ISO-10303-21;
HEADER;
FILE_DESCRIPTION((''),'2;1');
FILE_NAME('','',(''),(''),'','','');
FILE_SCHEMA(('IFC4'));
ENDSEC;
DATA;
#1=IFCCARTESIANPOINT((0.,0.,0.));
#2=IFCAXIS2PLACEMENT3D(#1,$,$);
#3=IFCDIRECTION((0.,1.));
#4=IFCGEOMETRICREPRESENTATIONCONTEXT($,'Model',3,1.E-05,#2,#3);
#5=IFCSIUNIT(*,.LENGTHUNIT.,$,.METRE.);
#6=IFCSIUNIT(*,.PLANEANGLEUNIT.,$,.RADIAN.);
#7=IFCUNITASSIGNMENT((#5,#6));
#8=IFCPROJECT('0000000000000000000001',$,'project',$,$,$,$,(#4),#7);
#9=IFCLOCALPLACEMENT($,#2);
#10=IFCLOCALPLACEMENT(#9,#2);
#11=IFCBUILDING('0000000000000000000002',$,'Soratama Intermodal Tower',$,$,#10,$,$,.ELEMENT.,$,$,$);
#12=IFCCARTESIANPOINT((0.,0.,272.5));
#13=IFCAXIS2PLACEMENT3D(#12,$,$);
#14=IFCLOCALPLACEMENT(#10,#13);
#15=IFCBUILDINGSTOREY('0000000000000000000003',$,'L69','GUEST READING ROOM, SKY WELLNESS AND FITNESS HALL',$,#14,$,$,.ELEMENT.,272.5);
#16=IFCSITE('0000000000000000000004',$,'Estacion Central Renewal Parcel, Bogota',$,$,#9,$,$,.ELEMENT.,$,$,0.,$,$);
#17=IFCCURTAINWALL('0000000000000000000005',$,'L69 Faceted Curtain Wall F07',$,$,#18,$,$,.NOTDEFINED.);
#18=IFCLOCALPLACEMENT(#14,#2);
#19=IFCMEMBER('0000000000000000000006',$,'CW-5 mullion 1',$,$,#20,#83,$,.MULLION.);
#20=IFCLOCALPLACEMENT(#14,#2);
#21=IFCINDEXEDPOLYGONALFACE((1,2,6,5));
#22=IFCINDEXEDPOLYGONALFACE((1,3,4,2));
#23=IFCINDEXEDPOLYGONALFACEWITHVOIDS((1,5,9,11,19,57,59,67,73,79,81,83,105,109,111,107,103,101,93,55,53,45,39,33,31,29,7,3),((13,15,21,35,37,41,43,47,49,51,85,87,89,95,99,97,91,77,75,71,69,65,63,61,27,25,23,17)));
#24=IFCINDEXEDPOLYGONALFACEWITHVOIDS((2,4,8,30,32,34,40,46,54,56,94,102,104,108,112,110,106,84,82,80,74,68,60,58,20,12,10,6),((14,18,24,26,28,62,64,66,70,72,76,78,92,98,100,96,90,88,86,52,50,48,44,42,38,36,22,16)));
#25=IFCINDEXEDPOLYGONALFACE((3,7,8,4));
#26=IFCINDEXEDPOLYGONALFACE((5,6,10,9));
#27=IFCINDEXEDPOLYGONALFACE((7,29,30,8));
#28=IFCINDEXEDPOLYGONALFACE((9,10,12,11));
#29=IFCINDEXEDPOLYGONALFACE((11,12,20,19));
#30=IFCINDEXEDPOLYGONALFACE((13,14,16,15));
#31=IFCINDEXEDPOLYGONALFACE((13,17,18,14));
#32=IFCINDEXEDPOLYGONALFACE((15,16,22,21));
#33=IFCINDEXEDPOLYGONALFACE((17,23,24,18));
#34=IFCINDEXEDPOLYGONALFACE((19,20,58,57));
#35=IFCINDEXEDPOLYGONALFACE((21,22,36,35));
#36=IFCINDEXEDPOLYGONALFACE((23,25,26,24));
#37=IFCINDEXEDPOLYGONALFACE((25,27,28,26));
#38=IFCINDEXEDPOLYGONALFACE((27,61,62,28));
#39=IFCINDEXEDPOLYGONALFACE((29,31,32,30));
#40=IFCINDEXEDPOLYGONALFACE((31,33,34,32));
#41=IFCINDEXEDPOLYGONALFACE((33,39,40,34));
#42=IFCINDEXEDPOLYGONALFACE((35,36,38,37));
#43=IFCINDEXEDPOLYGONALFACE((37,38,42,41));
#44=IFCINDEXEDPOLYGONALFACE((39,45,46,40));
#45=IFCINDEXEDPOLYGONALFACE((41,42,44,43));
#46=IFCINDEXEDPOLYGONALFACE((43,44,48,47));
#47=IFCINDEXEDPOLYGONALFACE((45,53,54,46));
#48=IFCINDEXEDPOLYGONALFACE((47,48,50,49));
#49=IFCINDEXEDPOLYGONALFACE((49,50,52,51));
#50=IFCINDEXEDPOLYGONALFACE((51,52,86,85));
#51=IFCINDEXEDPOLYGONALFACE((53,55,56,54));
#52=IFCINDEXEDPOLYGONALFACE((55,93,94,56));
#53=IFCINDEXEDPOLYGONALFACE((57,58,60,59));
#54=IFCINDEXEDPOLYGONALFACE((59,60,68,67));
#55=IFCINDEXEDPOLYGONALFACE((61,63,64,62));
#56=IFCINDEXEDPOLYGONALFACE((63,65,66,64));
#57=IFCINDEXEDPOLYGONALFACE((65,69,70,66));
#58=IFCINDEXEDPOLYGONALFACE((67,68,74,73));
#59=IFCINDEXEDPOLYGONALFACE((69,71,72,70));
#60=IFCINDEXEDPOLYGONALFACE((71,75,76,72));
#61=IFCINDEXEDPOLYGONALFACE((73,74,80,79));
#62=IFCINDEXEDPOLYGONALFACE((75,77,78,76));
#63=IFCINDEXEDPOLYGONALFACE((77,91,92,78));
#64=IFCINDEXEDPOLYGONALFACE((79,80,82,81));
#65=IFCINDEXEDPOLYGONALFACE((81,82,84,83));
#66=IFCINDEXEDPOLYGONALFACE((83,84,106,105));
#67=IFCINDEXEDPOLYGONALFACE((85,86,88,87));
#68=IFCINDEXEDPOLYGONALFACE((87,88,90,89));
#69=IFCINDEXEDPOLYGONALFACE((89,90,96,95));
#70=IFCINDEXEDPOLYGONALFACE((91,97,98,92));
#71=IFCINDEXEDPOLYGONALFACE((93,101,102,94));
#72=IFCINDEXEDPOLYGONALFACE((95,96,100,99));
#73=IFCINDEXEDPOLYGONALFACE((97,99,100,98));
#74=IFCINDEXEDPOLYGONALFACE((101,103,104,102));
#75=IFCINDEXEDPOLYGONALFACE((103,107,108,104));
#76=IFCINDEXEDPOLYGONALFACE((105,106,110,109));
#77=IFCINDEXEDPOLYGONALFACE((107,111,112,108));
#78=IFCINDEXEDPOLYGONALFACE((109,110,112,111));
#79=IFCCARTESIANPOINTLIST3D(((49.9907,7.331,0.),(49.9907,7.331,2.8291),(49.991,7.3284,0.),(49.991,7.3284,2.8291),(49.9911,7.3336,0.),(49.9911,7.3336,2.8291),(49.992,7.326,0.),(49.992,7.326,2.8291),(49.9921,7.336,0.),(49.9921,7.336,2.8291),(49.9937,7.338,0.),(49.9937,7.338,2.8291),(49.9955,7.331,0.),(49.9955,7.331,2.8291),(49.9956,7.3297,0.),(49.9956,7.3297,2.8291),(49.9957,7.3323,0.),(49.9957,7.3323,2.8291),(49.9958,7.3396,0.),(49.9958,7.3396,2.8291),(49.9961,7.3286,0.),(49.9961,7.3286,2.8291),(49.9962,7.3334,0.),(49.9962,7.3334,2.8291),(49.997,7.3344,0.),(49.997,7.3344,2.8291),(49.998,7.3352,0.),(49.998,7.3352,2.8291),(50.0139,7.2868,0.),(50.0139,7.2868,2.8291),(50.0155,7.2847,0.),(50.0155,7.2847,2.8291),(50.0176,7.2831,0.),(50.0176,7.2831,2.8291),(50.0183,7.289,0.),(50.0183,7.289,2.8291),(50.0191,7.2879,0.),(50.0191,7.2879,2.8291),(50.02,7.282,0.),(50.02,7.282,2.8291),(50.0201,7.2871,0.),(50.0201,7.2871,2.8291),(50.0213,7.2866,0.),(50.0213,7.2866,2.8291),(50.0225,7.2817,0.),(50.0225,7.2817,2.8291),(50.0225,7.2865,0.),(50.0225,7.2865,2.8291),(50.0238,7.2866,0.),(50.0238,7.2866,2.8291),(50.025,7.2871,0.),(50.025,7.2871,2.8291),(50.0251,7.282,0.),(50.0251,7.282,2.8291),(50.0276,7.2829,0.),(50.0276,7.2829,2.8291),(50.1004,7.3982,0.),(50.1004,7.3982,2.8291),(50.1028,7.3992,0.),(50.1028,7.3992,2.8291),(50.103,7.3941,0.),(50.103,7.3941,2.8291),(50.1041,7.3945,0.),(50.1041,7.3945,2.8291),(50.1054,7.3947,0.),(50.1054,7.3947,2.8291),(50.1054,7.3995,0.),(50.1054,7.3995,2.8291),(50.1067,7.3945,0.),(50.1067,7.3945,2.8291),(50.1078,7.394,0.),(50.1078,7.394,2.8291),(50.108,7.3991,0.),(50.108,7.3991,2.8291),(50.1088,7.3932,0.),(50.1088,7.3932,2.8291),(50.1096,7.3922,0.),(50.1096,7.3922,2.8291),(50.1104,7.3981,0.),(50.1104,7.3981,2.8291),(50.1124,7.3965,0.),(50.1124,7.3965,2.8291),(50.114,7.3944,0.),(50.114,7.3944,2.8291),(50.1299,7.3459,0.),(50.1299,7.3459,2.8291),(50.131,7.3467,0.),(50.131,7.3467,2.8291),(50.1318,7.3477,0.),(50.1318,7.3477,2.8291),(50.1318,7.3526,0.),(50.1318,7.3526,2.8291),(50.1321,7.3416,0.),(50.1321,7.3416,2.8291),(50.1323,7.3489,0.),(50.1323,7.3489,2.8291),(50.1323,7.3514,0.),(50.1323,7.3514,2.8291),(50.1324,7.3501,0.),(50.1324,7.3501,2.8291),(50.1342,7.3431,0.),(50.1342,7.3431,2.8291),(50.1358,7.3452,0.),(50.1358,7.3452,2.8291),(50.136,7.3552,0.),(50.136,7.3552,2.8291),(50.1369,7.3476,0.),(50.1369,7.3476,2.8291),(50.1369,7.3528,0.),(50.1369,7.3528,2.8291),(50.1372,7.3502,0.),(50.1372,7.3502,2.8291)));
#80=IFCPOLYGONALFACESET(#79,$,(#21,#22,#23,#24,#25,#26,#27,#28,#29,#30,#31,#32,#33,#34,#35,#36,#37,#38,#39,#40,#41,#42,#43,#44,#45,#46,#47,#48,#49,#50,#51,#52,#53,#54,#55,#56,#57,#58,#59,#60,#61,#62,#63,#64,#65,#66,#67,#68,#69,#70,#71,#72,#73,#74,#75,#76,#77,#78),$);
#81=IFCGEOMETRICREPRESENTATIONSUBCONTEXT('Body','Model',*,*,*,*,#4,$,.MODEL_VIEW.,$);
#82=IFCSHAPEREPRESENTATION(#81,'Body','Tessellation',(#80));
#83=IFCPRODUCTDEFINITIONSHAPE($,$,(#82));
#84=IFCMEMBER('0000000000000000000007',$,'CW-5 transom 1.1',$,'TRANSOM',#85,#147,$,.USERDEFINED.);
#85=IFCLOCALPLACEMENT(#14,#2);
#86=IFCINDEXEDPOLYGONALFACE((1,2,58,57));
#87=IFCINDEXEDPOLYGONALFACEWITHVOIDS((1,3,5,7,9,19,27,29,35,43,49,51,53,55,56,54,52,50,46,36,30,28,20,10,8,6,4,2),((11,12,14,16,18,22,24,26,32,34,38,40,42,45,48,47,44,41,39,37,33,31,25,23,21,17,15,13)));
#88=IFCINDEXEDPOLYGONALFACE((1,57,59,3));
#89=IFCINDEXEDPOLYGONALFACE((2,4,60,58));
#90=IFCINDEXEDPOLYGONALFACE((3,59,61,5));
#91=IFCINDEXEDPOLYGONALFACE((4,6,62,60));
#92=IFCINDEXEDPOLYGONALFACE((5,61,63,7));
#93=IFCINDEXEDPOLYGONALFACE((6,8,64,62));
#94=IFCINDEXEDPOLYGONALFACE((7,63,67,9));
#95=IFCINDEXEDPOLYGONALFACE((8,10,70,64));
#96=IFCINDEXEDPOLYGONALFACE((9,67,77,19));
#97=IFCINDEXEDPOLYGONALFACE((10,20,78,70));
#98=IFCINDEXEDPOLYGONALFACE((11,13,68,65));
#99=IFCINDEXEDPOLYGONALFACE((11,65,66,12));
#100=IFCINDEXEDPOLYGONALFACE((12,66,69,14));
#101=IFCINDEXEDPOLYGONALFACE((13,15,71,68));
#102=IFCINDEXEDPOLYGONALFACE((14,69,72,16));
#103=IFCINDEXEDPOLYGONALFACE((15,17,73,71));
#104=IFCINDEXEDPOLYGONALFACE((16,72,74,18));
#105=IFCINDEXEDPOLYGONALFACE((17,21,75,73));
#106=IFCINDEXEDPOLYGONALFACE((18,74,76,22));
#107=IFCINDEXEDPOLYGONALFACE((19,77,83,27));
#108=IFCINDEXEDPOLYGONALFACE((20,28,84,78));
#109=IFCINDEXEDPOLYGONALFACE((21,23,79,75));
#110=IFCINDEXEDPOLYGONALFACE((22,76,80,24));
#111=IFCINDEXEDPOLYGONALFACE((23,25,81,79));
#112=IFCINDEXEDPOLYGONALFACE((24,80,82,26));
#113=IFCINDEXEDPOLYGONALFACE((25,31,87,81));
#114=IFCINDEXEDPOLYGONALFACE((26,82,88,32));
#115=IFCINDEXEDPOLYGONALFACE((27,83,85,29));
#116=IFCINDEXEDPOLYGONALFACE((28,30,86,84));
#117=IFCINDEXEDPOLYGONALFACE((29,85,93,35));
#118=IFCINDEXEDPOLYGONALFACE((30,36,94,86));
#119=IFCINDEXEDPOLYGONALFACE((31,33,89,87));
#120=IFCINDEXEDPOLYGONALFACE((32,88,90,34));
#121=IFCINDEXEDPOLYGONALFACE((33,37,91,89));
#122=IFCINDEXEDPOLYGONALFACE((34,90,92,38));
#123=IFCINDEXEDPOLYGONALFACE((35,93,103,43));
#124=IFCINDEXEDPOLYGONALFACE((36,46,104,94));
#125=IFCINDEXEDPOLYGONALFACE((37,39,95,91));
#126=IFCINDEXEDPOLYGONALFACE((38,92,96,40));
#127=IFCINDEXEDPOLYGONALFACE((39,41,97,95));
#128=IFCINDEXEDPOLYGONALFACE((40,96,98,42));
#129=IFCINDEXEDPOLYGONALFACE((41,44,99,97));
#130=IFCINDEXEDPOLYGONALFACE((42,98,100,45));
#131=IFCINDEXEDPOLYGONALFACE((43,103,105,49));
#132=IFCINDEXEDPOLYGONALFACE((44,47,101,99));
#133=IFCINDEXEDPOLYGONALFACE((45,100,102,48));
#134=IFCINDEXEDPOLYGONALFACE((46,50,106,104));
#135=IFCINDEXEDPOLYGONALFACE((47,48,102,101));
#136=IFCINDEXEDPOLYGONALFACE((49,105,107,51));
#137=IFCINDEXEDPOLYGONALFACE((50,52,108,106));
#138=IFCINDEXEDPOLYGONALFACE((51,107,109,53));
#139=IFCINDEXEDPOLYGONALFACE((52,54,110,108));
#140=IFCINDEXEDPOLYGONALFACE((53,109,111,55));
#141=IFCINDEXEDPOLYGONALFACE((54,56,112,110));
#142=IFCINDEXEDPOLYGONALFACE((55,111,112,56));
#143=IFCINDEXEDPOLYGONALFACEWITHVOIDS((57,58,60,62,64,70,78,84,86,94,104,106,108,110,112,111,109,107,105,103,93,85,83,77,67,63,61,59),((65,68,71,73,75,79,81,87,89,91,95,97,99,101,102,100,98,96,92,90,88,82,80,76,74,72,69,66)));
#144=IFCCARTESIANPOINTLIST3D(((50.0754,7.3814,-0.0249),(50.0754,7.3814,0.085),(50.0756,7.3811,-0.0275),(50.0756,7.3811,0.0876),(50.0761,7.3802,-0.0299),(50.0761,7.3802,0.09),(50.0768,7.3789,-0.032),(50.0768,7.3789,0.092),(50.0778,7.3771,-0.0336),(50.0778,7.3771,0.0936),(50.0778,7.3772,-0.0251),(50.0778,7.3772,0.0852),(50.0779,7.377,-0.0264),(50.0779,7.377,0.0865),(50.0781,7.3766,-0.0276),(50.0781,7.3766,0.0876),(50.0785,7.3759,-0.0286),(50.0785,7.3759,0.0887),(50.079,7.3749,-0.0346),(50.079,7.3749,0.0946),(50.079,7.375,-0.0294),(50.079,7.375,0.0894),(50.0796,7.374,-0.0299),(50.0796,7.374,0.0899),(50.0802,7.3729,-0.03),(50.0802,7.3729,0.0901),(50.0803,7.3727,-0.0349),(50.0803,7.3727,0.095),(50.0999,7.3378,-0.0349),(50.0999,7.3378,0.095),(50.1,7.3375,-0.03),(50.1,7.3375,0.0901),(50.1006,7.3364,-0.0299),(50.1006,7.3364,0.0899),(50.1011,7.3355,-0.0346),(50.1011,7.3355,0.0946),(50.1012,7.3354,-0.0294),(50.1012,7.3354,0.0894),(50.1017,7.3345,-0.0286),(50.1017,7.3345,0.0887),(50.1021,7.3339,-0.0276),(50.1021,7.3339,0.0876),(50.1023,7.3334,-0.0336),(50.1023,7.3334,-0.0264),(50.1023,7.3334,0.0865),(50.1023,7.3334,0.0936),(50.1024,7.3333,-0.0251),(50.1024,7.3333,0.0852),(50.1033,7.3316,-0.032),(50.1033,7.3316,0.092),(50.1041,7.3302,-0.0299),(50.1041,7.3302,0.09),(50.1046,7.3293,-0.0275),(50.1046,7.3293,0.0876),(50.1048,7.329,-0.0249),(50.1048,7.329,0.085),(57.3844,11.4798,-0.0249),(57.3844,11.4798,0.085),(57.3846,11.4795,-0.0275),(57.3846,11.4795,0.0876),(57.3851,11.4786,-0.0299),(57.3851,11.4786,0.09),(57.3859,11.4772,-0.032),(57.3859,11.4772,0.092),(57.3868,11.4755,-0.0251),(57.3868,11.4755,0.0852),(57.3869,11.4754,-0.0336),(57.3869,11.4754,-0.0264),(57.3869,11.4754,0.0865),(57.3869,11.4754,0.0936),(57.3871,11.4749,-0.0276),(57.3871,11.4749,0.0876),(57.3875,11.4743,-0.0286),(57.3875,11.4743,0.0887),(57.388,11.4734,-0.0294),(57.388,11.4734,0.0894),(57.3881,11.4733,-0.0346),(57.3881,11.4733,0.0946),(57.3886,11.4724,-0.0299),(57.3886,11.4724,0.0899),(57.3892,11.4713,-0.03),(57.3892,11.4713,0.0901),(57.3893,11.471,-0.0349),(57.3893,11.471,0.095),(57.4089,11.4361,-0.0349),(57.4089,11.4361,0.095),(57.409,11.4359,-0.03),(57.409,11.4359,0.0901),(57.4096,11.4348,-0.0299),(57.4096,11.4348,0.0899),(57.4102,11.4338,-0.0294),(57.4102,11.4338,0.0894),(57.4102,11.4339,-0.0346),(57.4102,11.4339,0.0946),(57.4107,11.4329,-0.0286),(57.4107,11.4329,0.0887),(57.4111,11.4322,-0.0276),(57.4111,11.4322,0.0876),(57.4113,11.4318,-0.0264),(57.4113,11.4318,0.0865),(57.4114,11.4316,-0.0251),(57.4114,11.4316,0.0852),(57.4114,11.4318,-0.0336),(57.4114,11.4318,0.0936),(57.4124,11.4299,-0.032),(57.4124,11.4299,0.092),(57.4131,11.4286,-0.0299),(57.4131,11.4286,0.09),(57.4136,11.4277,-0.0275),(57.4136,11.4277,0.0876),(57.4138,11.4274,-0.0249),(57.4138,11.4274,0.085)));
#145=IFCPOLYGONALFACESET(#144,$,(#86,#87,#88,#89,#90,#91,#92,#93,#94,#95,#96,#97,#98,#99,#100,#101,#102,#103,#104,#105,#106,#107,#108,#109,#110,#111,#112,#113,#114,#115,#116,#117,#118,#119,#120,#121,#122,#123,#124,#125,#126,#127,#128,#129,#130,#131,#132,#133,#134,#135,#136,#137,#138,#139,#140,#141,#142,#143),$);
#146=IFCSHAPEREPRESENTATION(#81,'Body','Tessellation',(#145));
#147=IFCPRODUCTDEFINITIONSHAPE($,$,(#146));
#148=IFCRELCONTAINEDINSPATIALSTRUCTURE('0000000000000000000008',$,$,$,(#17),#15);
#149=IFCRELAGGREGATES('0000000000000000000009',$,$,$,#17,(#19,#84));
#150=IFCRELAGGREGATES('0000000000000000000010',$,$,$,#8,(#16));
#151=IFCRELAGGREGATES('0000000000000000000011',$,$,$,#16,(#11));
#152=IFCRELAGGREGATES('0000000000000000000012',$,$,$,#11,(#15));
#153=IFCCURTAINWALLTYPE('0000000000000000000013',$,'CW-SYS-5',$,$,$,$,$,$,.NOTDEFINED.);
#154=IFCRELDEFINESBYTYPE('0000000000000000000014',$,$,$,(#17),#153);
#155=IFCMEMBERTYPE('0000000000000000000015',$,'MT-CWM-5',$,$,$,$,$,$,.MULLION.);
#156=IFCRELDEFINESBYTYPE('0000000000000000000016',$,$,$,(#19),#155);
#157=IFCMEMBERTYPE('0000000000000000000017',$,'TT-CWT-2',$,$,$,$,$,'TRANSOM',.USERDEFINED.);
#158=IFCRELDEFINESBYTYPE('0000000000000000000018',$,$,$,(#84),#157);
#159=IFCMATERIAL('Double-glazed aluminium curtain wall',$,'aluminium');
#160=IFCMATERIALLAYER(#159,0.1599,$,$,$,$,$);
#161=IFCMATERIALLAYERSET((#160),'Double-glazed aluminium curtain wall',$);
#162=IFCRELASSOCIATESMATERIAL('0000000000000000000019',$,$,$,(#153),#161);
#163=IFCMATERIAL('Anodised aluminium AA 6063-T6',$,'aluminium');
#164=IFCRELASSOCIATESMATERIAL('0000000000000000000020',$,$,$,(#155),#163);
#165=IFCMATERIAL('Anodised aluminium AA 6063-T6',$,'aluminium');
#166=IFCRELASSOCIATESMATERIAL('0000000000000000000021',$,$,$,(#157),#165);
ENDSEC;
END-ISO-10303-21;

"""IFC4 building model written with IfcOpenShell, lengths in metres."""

from ifc_helpers import new_model, si_unit, direction, frame, origin, origin_2d, place, context, subcontext, project, spatial, hollow_rectangle, extrude, material, layer, layer_set, material_profile, profile_set, type_object, element, aggregate, save


model = new_model("IFC4")

# Units and contexts
model_context = context("Model", 3, precision=1e-05, world=origin(), true_north=direction((0.0, 1.0)))
body_context = subcontext(model_context, "Body", "Model", "MODEL_VIEW")
ifc_project = project(units=[si_unit("LENGTHUNIT", "METRE"), si_unit("PLANEANGLEUNIT", "RADIAN")], contexts=[model_context])

# Site, building, storey
site_placement = place(None, origin())
site = spatial("IfcSite", under=ifc_project, at=site_placement, Name="Estacion Central Renewal Parcel, Bogota", CompositionType="ELEMENT", RefElevation=0.0)
building_placement = place(site_placement, origin())
building = spatial("IfcBuilding", under=site, at=building_placement, Name="Soratama Intermodal Tower", CompositionType="ELEMENT")
storey_placement = place(building_placement, frame((0.0, 0.0, 272.5)))
storey = spatial("IfcBuildingStorey", under=building, at=storey_placement, Name="L69", Description="GUEST READING ROOM, SKY WELLNESS AND FITNESS HALL", CompositionType="ELEMENT", Elevation=272.5)

# Curtain wall, members
ifc_material_1 = material(Name="Double-glazed aluminium curtain wall", Category="aluminium")
ifc_layer_1 = layer(ifc_material_1, 0.1599)
ifc_layer_set_1 = layer_set([ifc_layer_1], Name="Double-glazed aluminium curtain wall")
curtain_wall_type = type_object("IfcCurtainWallType", Name="CW-SYS-5", PredefinedType="NOTDEFINED", material=ifc_layer_set_1)
curtain_wall_placement = place(storey_placement, origin())
curtain_wall = element("IfcCurtainWall", 1, at=curtain_wall_placement, inside=storey, type_object=curtain_wall_type, Name="L69 Faceted Curtain Wall F07", PredefinedType="NOTDEFINED")
ifc_material_2 = material(Name="Anodised aluminium AA 6063-T6", Category="aluminium")
ifc_material_profile_1 = material_profile(ifc_material_2, hollow_rectangle(XDim=0.0649, YDim=0.1399, WallThickness=0.0049, InnerFilletRadius=0.0049, OuterFilletRadius=0.01, at=origin_2d()), Name="CWM140X65X5")
ifc_profile_set_1 = profile_set([ifc_material_profile_1], Name="Anodised aluminium AA 6063-T6")
member_type_1 = type_object("IfcMemberType", Name="MT-CWM-5", PredefinedType="MULLION", material=ifc_profile_set_1)
member_1_placement = place(storey_placement, frame((50.064, 7.3406, 0.0), z_axis=(0.0, 0.0, 1.0), x_axis=(-0.489079, 0.872239, 0.0)))
member_1 = element("IfcMember", 2, at=member_1_placement, type_object=member_type_1, Name="CW-5 mullion 1", PredefinedType="MULLION", context=body_context, shape_type="SweptSolid", body=[
    extrude(hollow_rectangle(XDim=0.0649, YDim=0.1399, WallThickness=0.0049, InnerFilletRadius=0.0049, OuterFilletRadius=0.01, at=origin_2d()), origin(), (0.0, 0.0, 1.0), 2.8291),
])
ifc_material_3 = material(Name="Anodised aluminium AA 6063-T6", Category="aluminium")
ifc_material_profile_2 = material_profile(ifc_material_3, hollow_rectangle(XDim=0.0601, YDim=0.1299, WallThickness=0.0049, InnerFilletRadius=0.0049, OuterFilletRadius=0.01, at=origin_2d()), Name="CWT130X60X5")
ifc_profile_set_2 = profile_set([ifc_material_profile_2], Name="Anodised aluminium AA 6063-T6")
member_type_2 = type_object("IfcMemberType", Name="TT-CWT-2", ElementType="TRANSOM", PredefinedType="USERDEFINED", material=ifc_profile_set_2)
member_2_placement = place(storey_placement, frame((50.0901, 7.3552, 0.03), z_axis=(0.872236, 0.489085, 0.0), x_axis=(-0.489085, 0.872236, 0.0)))
member_2 = element("IfcMember", 3, at=member_2_placement, type_object=member_type_2, Name="CW-5 transom 1.1", ObjectType="TRANSOM", PredefinedType="USERDEFINED", context=body_context, shape_type="SweptSolid", body=[
    extrude(hollow_rectangle(XDim=0.0601, YDim=0.1299, WallThickness=0.0049, InnerFilletRadius=0.0049, OuterFilletRadius=0.01, at=origin_2d()), origin(), (0.0, 0.0, 1.0), 8.3796),
])
aggregate(curtain_wall, [member_1, member_2])

save(model, "model.ifc")
